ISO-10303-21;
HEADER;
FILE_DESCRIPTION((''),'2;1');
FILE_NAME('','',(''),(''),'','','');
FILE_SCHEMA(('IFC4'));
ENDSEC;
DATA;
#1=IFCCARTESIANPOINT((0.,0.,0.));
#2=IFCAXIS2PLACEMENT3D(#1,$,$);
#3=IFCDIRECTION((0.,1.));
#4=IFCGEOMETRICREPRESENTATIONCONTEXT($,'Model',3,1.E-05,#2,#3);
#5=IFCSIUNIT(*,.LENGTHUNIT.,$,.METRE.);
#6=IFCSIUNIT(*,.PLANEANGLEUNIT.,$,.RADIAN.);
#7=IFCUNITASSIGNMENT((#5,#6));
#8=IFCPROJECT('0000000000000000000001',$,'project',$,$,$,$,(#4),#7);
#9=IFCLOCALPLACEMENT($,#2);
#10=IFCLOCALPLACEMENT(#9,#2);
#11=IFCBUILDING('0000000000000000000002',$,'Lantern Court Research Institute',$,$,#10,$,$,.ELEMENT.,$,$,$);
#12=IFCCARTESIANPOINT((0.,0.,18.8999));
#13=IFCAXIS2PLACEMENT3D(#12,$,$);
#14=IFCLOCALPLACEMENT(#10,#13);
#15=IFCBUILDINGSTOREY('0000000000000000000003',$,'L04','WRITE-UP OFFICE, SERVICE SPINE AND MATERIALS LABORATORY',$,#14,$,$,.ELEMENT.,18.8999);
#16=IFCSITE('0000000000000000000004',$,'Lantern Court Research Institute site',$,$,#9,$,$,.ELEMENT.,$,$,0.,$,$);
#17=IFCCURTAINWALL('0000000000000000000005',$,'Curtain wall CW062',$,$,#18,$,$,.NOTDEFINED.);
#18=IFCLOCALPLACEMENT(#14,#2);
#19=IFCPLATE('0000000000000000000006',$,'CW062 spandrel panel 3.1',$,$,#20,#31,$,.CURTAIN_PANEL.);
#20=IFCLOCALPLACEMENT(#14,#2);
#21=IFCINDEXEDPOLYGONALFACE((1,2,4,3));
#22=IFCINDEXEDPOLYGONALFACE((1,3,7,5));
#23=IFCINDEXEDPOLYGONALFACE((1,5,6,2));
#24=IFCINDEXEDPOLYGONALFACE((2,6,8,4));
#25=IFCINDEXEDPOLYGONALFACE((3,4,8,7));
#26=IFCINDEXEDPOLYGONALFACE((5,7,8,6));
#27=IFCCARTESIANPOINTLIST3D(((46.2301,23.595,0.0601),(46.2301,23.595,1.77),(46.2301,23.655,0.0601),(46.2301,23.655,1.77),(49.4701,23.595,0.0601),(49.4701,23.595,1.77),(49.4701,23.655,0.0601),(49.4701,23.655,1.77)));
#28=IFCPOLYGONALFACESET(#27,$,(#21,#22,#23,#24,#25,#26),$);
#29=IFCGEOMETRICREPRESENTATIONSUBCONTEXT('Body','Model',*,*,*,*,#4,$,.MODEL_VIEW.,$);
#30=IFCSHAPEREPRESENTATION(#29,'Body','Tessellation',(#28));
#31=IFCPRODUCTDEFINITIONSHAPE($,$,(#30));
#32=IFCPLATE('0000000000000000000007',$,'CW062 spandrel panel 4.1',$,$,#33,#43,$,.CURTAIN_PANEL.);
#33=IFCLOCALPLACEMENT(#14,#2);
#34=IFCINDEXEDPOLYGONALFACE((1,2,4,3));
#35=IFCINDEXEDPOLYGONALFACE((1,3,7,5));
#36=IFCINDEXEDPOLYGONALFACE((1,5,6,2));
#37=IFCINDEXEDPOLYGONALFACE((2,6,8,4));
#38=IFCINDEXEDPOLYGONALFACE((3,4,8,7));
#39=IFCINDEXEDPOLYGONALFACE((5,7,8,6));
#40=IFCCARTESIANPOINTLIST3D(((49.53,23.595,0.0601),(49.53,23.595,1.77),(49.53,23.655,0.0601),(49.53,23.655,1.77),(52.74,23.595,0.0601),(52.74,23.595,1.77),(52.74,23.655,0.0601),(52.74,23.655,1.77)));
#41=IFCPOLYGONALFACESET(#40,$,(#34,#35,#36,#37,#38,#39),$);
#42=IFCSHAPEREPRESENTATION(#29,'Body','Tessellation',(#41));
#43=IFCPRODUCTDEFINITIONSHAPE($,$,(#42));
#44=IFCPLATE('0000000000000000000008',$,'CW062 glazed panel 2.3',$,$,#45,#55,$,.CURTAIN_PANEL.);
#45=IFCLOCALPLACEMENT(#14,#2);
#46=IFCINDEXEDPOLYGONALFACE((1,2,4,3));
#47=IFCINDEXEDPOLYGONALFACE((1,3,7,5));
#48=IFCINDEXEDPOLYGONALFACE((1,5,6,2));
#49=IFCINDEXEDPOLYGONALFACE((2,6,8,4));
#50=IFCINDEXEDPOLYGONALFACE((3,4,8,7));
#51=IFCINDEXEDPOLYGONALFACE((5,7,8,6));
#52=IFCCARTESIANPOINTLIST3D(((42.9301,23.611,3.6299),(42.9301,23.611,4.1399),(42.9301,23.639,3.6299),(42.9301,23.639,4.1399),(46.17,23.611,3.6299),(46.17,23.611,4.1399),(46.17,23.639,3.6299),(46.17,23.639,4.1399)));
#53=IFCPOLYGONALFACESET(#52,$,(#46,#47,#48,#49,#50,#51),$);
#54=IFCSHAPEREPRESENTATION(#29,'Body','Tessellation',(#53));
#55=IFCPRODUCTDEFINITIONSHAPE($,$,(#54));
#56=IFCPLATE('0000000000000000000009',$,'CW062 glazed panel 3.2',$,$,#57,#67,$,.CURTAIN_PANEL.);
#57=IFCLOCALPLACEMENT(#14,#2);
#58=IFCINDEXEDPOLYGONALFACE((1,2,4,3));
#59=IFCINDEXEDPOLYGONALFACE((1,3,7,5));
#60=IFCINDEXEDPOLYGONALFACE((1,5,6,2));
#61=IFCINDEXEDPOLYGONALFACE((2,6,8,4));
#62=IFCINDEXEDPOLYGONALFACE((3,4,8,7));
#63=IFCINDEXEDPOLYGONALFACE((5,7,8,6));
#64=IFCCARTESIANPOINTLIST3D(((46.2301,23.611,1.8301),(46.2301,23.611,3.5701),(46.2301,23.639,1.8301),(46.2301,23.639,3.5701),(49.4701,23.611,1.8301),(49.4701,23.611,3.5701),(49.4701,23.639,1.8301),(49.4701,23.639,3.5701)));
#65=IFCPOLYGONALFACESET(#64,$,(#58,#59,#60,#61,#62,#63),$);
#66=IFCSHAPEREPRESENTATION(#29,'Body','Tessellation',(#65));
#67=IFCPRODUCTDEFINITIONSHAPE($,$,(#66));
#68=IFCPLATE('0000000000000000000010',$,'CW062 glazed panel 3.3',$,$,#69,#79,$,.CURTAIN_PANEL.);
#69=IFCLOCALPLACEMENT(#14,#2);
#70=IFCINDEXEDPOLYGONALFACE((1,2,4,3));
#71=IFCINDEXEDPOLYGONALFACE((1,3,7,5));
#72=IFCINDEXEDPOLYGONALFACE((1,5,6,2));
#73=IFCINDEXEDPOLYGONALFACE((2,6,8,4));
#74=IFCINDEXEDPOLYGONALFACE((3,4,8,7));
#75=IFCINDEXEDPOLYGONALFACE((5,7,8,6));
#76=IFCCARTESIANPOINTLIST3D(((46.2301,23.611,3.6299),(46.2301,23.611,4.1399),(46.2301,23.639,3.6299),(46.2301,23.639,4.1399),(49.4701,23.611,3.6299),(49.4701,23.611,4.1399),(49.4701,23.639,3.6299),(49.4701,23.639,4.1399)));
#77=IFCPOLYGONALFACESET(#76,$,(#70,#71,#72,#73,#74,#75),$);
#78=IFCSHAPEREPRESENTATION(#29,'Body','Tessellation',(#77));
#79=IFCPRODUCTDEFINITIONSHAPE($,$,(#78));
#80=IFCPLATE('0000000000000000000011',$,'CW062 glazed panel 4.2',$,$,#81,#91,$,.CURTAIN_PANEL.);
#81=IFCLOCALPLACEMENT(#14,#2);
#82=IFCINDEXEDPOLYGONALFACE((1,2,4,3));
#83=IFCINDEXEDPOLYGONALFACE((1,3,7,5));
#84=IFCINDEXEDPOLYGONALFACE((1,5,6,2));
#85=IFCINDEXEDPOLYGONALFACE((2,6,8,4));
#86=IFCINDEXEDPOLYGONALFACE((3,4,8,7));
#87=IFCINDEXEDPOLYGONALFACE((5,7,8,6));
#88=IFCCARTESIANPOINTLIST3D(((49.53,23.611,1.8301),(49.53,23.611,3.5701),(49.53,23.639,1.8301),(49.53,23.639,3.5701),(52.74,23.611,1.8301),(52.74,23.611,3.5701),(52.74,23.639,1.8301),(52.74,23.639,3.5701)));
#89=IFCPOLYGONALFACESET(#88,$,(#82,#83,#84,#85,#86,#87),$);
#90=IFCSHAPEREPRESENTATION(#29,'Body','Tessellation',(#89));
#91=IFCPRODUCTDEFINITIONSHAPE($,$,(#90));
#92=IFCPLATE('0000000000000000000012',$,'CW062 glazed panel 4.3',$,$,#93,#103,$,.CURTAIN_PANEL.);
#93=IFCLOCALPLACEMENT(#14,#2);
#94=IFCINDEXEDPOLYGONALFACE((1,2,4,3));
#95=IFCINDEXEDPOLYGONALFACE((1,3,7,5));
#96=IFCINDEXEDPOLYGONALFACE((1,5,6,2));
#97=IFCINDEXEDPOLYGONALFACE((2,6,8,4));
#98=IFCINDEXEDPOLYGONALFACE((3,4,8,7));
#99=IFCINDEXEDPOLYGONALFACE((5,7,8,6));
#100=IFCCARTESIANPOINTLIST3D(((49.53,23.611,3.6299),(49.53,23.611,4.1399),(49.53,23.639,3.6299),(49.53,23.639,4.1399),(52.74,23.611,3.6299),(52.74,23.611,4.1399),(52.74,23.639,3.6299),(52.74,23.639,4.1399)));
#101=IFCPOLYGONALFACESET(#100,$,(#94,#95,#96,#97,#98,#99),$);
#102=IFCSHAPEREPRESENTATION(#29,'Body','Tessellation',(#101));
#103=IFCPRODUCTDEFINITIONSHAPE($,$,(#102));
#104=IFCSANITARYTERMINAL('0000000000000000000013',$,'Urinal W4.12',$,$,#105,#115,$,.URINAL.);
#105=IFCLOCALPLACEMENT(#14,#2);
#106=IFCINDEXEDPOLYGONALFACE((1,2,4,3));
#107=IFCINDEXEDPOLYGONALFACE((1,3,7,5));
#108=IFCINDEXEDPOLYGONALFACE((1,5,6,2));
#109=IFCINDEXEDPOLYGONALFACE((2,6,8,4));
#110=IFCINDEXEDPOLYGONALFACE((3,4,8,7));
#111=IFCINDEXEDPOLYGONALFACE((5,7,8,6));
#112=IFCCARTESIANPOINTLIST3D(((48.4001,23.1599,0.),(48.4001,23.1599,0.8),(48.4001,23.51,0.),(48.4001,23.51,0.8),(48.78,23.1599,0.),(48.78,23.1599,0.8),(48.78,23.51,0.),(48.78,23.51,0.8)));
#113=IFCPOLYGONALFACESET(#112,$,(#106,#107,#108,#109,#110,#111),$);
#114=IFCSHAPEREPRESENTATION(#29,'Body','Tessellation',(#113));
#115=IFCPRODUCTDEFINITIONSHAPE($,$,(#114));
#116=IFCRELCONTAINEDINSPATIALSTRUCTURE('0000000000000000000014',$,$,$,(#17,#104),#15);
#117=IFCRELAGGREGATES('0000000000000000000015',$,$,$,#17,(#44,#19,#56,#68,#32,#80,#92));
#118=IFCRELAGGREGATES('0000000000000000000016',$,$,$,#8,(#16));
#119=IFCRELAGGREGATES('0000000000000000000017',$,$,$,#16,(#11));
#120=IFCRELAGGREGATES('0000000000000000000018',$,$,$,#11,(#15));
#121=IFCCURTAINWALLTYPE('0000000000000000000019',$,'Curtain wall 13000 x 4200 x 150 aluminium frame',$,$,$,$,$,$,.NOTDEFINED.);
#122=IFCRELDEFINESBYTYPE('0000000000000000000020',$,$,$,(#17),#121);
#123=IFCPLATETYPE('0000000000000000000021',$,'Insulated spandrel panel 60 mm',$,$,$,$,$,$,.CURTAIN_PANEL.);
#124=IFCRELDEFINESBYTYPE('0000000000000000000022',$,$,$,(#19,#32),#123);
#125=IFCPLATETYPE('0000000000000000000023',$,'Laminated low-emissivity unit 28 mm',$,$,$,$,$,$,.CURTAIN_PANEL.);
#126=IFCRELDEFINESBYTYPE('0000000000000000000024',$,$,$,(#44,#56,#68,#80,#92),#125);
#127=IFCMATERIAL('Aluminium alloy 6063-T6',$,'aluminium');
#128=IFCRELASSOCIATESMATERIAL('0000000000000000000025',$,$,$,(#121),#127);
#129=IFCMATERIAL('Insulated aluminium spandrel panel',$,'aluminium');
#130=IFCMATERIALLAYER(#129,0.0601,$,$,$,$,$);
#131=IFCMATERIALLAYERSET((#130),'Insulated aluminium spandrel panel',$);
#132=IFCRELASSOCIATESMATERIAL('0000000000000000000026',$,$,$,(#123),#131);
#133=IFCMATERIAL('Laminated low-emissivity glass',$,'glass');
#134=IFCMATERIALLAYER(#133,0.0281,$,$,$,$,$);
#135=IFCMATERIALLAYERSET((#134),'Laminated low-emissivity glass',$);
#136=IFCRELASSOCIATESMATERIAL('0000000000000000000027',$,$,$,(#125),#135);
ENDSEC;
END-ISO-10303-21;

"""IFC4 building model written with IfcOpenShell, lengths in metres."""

from ifc_helpers import new_model, si_unit, direction, frame, origin, origin_2d, place, context, subcontext, project, spatial, rectangle, extrude, material, layer, layer_set, type_object, element, aggregate, save


model = new_model("IFC4")

# Units and contexts
model_context = context("Model", 3, precision=1e-05, world=origin(), true_north=direction((0.0, 1.0)))
body_context = subcontext(model_context, "Body", "Model", "MODEL_VIEW")
ifc_project = project(units=[si_unit("LENGTHUNIT", "METRE"), si_unit("PLANEANGLEUNIT", "RADIAN")], contexts=[model_context])

# Site, building, storey
site_placement = place(None, origin())
site = spatial("IfcSite", under=ifc_project, at=site_placement, Name="Lantern Court Research Institute site", CompositionType="ELEMENT", RefElevation=0.0)
building_placement = place(site_placement, origin())
building = spatial("IfcBuilding", under=site, at=building_placement, Name="Lantern Court Research Institute", CompositionType="ELEMENT")
storey_placement = place(building_placement, frame((0.0, 0.0, 18.8999)))
storey = spatial("IfcBuildingStorey", under=building, at=storey_placement, Name="L04", Description="WRITE-UP OFFICE, SERVICE SPINE AND MATERIALS LABORATORY", CompositionType="ELEMENT", Elevation=18.8999)

# Curtain wall
ifc_material_1 = material(Name="Aluminium alloy 6063-T6", Category="aluminium")
curtain_wall_type_1 = type_object("IfcCurtainWallType", Name="Curtain wall 13000 x 4200 x 150 aluminium frame", PredefinedType="NOTDEFINED", material=ifc_material_1)
curtain_wall_1_placement = place(storey_placement, origin())
curtain_wall_1 = element("IfcCurtainWall", 1, at=curtain_wall_1_placement, inside=storey, type_object=curtain_wall_type_1, Name="Curtain wall CW062", PredefinedType="NOTDEFINED")

# Plates
ifc_material_2 = material(Name="Insulated aluminium spandrel panel", Category="aluminium")
ifc_layer_1 = layer(ifc_material_2, 0.0601)
ifc_layer_set_1 = layer_set([ifc_layer_1], Name="Insulated aluminium spandrel panel")
plate_type_1 = type_object("IfcPlateType", Name="Insulated spandrel panel 60 mm", PredefinedType="CURTAIN_PANEL", material=ifc_layer_set_1)
plate_1_placement = place(storey_placement, frame((47.8501, 23.625, 0.0601), z_axis=(0.0, 0.0, 1.0), x_axis=(1.0, 0.0, 0.0)))
plate_1 = element("IfcPlate", 2, at=plate_1_placement, type_object=plate_type_1, Name="CW062 spandrel panel 3.1", PredefinedType="CURTAIN_PANEL", context=body_context, shape_type="SweptSolid", body=[
    extrude(rectangle(XDim=3.24, YDim=0.0601, at=origin_2d()), origin(), (0.0, 0.0, 1.0), 1.71),
])
plate_2_placement = place(storey_placement, frame((51.135, 23.625, 0.0601), z_axis=(0.0, 0.0, 1.0), x_axis=(1.0, 0.0, 0.0)))
plate_2 = element("IfcPlate", 3, at=plate_2_placement, type_object=plate_type_1, Name="CW062 spandrel panel 4.1", PredefinedType="CURTAIN_PANEL", context=body_context, shape_type="SweptSolid", body=[
    extrude(rectangle(XDim=3.21, YDim=0.0601, at=origin_2d()), origin(), (0.0, 0.0, 1.0), 1.71),
])
ifc_material_3 = material(Name="Laminated low-emissivity glass", Category="glass")
ifc_layer_2 = layer(ifc_material_3, 0.0281)
ifc_layer_set_2 = layer_set([ifc_layer_2], Name="Laminated low-emissivity glass")
plate_type_2 = type_object("IfcPlateType", Name="Laminated low-emissivity unit 28 mm", PredefinedType="CURTAIN_PANEL", material=ifc_layer_set_2)
plate_3_placement = place(storey_placement, frame((44.55, 23.625, 3.6299), z_axis=(0.0, 0.0, 1.0), x_axis=(1.0, 0.0, 0.0)))
plate_3 = element("IfcPlate", 4, at=plate_3_placement, type_object=plate_type_2, Name="CW062 glazed panel 2.3", PredefinedType="CURTAIN_PANEL", context=body_context, shape_type="SweptSolid", body=[
    extrude(rectangle(XDim=3.24, YDim=0.0281, at=origin_2d()), origin(), (0.0, 0.0, 1.0), 0.51),
])
plate_4_placement = place(storey_placement, frame((47.8501, 23.625, 1.8301), z_axis=(0.0, 0.0, 1.0), x_axis=(1.0, 0.0, 0.0)))
plate_4 = element("IfcPlate", 5, at=plate_4_placement, type_object=plate_type_2, Name="CW062 glazed panel 3.2", PredefinedType="CURTAIN_PANEL", context=body_context, shape_type="SweptSolid", body=[
    extrude(rectangle(XDim=3.24, YDim=0.0281, at=origin_2d()), origin(), (0.0, 0.0, 1.0), 1.74),
])
plate_5_placement = place(storey_placement, frame((47.8501, 23.625, 3.6299), z_axis=(0.0, 0.0, 1.0), x_axis=(1.0, 0.0, 0.0)))
plate_5 = element("IfcPlate", 6, at=plate_5_placement, type_object=plate_type_2, Name="CW062 glazed panel 3.3", PredefinedType="CURTAIN_PANEL", context=body_context, shape_type="SweptSolid", body=[
    extrude(rectangle(XDim=3.24, YDim=0.0281, at=origin_2d()), origin(), (0.0, 0.0, 1.0), 0.51),
])
plate_6_placement = place(storey_placement, frame((51.135, 23.625, 1.8301), z_axis=(0.0, 0.0, 1.0), x_axis=(1.0, 0.0, 0.0)))
plate_6 = element("IfcPlate", 7, at=plate_6_placement, type_object=plate_type_2, Name="CW062 glazed panel 4.2", PredefinedType="CURTAIN_PANEL", context=body_context, shape_type="SweptSolid", body=[
    extrude(rectangle(XDim=3.21, YDim=0.0281, at=origin_2d()), origin(), (0.0, 0.0, 1.0), 1.74),
])
plate_7_placement = place(storey_placement, frame((51.135, 23.625, 3.6299), z_axis=(0.0, 0.0, 1.0), x_axis=(1.0, 0.0, 0.0)))
plate_7 = element("IfcPlate", 8, at=plate_7_placement, type_object=plate_type_2, Name="CW062 glazed panel 4.3", PredefinedType="CURTAIN_PANEL", context=body_context, shape_type="SweptSolid", body=[
    extrude(rectangle(XDim=3.21, YDim=0.0281, at=origin_2d()), origin(), (0.0, 0.0, 1.0), 0.51),
])
aggregate(curtain_wall_1, [plate_3, plate_1, plate_4, plate_5, plate_2, plate_6, plate_7])

# Sanitary terminal
sanitary_terminal_placement = place(storey_placement, frame((48.5901, 23.335, 0.0), z_axis=(0.0, 0.0, 1.0), x_axis=(1.0, 0.0, 0.0)))
element("IfcSanitaryTerminal", 9, at=sanitary_terminal_placement, inside=storey, Name="Urinal W4.12", PredefinedType="URINAL", context=body_context, shape_type="SweptSolid", body=[
    extrude(rectangle(XDim=0.3799, YDim=0.3501, at=origin_2d()), origin(), (0.0, 0.0, 1.0), 0.8),
])

save(model, "model.ifc")
